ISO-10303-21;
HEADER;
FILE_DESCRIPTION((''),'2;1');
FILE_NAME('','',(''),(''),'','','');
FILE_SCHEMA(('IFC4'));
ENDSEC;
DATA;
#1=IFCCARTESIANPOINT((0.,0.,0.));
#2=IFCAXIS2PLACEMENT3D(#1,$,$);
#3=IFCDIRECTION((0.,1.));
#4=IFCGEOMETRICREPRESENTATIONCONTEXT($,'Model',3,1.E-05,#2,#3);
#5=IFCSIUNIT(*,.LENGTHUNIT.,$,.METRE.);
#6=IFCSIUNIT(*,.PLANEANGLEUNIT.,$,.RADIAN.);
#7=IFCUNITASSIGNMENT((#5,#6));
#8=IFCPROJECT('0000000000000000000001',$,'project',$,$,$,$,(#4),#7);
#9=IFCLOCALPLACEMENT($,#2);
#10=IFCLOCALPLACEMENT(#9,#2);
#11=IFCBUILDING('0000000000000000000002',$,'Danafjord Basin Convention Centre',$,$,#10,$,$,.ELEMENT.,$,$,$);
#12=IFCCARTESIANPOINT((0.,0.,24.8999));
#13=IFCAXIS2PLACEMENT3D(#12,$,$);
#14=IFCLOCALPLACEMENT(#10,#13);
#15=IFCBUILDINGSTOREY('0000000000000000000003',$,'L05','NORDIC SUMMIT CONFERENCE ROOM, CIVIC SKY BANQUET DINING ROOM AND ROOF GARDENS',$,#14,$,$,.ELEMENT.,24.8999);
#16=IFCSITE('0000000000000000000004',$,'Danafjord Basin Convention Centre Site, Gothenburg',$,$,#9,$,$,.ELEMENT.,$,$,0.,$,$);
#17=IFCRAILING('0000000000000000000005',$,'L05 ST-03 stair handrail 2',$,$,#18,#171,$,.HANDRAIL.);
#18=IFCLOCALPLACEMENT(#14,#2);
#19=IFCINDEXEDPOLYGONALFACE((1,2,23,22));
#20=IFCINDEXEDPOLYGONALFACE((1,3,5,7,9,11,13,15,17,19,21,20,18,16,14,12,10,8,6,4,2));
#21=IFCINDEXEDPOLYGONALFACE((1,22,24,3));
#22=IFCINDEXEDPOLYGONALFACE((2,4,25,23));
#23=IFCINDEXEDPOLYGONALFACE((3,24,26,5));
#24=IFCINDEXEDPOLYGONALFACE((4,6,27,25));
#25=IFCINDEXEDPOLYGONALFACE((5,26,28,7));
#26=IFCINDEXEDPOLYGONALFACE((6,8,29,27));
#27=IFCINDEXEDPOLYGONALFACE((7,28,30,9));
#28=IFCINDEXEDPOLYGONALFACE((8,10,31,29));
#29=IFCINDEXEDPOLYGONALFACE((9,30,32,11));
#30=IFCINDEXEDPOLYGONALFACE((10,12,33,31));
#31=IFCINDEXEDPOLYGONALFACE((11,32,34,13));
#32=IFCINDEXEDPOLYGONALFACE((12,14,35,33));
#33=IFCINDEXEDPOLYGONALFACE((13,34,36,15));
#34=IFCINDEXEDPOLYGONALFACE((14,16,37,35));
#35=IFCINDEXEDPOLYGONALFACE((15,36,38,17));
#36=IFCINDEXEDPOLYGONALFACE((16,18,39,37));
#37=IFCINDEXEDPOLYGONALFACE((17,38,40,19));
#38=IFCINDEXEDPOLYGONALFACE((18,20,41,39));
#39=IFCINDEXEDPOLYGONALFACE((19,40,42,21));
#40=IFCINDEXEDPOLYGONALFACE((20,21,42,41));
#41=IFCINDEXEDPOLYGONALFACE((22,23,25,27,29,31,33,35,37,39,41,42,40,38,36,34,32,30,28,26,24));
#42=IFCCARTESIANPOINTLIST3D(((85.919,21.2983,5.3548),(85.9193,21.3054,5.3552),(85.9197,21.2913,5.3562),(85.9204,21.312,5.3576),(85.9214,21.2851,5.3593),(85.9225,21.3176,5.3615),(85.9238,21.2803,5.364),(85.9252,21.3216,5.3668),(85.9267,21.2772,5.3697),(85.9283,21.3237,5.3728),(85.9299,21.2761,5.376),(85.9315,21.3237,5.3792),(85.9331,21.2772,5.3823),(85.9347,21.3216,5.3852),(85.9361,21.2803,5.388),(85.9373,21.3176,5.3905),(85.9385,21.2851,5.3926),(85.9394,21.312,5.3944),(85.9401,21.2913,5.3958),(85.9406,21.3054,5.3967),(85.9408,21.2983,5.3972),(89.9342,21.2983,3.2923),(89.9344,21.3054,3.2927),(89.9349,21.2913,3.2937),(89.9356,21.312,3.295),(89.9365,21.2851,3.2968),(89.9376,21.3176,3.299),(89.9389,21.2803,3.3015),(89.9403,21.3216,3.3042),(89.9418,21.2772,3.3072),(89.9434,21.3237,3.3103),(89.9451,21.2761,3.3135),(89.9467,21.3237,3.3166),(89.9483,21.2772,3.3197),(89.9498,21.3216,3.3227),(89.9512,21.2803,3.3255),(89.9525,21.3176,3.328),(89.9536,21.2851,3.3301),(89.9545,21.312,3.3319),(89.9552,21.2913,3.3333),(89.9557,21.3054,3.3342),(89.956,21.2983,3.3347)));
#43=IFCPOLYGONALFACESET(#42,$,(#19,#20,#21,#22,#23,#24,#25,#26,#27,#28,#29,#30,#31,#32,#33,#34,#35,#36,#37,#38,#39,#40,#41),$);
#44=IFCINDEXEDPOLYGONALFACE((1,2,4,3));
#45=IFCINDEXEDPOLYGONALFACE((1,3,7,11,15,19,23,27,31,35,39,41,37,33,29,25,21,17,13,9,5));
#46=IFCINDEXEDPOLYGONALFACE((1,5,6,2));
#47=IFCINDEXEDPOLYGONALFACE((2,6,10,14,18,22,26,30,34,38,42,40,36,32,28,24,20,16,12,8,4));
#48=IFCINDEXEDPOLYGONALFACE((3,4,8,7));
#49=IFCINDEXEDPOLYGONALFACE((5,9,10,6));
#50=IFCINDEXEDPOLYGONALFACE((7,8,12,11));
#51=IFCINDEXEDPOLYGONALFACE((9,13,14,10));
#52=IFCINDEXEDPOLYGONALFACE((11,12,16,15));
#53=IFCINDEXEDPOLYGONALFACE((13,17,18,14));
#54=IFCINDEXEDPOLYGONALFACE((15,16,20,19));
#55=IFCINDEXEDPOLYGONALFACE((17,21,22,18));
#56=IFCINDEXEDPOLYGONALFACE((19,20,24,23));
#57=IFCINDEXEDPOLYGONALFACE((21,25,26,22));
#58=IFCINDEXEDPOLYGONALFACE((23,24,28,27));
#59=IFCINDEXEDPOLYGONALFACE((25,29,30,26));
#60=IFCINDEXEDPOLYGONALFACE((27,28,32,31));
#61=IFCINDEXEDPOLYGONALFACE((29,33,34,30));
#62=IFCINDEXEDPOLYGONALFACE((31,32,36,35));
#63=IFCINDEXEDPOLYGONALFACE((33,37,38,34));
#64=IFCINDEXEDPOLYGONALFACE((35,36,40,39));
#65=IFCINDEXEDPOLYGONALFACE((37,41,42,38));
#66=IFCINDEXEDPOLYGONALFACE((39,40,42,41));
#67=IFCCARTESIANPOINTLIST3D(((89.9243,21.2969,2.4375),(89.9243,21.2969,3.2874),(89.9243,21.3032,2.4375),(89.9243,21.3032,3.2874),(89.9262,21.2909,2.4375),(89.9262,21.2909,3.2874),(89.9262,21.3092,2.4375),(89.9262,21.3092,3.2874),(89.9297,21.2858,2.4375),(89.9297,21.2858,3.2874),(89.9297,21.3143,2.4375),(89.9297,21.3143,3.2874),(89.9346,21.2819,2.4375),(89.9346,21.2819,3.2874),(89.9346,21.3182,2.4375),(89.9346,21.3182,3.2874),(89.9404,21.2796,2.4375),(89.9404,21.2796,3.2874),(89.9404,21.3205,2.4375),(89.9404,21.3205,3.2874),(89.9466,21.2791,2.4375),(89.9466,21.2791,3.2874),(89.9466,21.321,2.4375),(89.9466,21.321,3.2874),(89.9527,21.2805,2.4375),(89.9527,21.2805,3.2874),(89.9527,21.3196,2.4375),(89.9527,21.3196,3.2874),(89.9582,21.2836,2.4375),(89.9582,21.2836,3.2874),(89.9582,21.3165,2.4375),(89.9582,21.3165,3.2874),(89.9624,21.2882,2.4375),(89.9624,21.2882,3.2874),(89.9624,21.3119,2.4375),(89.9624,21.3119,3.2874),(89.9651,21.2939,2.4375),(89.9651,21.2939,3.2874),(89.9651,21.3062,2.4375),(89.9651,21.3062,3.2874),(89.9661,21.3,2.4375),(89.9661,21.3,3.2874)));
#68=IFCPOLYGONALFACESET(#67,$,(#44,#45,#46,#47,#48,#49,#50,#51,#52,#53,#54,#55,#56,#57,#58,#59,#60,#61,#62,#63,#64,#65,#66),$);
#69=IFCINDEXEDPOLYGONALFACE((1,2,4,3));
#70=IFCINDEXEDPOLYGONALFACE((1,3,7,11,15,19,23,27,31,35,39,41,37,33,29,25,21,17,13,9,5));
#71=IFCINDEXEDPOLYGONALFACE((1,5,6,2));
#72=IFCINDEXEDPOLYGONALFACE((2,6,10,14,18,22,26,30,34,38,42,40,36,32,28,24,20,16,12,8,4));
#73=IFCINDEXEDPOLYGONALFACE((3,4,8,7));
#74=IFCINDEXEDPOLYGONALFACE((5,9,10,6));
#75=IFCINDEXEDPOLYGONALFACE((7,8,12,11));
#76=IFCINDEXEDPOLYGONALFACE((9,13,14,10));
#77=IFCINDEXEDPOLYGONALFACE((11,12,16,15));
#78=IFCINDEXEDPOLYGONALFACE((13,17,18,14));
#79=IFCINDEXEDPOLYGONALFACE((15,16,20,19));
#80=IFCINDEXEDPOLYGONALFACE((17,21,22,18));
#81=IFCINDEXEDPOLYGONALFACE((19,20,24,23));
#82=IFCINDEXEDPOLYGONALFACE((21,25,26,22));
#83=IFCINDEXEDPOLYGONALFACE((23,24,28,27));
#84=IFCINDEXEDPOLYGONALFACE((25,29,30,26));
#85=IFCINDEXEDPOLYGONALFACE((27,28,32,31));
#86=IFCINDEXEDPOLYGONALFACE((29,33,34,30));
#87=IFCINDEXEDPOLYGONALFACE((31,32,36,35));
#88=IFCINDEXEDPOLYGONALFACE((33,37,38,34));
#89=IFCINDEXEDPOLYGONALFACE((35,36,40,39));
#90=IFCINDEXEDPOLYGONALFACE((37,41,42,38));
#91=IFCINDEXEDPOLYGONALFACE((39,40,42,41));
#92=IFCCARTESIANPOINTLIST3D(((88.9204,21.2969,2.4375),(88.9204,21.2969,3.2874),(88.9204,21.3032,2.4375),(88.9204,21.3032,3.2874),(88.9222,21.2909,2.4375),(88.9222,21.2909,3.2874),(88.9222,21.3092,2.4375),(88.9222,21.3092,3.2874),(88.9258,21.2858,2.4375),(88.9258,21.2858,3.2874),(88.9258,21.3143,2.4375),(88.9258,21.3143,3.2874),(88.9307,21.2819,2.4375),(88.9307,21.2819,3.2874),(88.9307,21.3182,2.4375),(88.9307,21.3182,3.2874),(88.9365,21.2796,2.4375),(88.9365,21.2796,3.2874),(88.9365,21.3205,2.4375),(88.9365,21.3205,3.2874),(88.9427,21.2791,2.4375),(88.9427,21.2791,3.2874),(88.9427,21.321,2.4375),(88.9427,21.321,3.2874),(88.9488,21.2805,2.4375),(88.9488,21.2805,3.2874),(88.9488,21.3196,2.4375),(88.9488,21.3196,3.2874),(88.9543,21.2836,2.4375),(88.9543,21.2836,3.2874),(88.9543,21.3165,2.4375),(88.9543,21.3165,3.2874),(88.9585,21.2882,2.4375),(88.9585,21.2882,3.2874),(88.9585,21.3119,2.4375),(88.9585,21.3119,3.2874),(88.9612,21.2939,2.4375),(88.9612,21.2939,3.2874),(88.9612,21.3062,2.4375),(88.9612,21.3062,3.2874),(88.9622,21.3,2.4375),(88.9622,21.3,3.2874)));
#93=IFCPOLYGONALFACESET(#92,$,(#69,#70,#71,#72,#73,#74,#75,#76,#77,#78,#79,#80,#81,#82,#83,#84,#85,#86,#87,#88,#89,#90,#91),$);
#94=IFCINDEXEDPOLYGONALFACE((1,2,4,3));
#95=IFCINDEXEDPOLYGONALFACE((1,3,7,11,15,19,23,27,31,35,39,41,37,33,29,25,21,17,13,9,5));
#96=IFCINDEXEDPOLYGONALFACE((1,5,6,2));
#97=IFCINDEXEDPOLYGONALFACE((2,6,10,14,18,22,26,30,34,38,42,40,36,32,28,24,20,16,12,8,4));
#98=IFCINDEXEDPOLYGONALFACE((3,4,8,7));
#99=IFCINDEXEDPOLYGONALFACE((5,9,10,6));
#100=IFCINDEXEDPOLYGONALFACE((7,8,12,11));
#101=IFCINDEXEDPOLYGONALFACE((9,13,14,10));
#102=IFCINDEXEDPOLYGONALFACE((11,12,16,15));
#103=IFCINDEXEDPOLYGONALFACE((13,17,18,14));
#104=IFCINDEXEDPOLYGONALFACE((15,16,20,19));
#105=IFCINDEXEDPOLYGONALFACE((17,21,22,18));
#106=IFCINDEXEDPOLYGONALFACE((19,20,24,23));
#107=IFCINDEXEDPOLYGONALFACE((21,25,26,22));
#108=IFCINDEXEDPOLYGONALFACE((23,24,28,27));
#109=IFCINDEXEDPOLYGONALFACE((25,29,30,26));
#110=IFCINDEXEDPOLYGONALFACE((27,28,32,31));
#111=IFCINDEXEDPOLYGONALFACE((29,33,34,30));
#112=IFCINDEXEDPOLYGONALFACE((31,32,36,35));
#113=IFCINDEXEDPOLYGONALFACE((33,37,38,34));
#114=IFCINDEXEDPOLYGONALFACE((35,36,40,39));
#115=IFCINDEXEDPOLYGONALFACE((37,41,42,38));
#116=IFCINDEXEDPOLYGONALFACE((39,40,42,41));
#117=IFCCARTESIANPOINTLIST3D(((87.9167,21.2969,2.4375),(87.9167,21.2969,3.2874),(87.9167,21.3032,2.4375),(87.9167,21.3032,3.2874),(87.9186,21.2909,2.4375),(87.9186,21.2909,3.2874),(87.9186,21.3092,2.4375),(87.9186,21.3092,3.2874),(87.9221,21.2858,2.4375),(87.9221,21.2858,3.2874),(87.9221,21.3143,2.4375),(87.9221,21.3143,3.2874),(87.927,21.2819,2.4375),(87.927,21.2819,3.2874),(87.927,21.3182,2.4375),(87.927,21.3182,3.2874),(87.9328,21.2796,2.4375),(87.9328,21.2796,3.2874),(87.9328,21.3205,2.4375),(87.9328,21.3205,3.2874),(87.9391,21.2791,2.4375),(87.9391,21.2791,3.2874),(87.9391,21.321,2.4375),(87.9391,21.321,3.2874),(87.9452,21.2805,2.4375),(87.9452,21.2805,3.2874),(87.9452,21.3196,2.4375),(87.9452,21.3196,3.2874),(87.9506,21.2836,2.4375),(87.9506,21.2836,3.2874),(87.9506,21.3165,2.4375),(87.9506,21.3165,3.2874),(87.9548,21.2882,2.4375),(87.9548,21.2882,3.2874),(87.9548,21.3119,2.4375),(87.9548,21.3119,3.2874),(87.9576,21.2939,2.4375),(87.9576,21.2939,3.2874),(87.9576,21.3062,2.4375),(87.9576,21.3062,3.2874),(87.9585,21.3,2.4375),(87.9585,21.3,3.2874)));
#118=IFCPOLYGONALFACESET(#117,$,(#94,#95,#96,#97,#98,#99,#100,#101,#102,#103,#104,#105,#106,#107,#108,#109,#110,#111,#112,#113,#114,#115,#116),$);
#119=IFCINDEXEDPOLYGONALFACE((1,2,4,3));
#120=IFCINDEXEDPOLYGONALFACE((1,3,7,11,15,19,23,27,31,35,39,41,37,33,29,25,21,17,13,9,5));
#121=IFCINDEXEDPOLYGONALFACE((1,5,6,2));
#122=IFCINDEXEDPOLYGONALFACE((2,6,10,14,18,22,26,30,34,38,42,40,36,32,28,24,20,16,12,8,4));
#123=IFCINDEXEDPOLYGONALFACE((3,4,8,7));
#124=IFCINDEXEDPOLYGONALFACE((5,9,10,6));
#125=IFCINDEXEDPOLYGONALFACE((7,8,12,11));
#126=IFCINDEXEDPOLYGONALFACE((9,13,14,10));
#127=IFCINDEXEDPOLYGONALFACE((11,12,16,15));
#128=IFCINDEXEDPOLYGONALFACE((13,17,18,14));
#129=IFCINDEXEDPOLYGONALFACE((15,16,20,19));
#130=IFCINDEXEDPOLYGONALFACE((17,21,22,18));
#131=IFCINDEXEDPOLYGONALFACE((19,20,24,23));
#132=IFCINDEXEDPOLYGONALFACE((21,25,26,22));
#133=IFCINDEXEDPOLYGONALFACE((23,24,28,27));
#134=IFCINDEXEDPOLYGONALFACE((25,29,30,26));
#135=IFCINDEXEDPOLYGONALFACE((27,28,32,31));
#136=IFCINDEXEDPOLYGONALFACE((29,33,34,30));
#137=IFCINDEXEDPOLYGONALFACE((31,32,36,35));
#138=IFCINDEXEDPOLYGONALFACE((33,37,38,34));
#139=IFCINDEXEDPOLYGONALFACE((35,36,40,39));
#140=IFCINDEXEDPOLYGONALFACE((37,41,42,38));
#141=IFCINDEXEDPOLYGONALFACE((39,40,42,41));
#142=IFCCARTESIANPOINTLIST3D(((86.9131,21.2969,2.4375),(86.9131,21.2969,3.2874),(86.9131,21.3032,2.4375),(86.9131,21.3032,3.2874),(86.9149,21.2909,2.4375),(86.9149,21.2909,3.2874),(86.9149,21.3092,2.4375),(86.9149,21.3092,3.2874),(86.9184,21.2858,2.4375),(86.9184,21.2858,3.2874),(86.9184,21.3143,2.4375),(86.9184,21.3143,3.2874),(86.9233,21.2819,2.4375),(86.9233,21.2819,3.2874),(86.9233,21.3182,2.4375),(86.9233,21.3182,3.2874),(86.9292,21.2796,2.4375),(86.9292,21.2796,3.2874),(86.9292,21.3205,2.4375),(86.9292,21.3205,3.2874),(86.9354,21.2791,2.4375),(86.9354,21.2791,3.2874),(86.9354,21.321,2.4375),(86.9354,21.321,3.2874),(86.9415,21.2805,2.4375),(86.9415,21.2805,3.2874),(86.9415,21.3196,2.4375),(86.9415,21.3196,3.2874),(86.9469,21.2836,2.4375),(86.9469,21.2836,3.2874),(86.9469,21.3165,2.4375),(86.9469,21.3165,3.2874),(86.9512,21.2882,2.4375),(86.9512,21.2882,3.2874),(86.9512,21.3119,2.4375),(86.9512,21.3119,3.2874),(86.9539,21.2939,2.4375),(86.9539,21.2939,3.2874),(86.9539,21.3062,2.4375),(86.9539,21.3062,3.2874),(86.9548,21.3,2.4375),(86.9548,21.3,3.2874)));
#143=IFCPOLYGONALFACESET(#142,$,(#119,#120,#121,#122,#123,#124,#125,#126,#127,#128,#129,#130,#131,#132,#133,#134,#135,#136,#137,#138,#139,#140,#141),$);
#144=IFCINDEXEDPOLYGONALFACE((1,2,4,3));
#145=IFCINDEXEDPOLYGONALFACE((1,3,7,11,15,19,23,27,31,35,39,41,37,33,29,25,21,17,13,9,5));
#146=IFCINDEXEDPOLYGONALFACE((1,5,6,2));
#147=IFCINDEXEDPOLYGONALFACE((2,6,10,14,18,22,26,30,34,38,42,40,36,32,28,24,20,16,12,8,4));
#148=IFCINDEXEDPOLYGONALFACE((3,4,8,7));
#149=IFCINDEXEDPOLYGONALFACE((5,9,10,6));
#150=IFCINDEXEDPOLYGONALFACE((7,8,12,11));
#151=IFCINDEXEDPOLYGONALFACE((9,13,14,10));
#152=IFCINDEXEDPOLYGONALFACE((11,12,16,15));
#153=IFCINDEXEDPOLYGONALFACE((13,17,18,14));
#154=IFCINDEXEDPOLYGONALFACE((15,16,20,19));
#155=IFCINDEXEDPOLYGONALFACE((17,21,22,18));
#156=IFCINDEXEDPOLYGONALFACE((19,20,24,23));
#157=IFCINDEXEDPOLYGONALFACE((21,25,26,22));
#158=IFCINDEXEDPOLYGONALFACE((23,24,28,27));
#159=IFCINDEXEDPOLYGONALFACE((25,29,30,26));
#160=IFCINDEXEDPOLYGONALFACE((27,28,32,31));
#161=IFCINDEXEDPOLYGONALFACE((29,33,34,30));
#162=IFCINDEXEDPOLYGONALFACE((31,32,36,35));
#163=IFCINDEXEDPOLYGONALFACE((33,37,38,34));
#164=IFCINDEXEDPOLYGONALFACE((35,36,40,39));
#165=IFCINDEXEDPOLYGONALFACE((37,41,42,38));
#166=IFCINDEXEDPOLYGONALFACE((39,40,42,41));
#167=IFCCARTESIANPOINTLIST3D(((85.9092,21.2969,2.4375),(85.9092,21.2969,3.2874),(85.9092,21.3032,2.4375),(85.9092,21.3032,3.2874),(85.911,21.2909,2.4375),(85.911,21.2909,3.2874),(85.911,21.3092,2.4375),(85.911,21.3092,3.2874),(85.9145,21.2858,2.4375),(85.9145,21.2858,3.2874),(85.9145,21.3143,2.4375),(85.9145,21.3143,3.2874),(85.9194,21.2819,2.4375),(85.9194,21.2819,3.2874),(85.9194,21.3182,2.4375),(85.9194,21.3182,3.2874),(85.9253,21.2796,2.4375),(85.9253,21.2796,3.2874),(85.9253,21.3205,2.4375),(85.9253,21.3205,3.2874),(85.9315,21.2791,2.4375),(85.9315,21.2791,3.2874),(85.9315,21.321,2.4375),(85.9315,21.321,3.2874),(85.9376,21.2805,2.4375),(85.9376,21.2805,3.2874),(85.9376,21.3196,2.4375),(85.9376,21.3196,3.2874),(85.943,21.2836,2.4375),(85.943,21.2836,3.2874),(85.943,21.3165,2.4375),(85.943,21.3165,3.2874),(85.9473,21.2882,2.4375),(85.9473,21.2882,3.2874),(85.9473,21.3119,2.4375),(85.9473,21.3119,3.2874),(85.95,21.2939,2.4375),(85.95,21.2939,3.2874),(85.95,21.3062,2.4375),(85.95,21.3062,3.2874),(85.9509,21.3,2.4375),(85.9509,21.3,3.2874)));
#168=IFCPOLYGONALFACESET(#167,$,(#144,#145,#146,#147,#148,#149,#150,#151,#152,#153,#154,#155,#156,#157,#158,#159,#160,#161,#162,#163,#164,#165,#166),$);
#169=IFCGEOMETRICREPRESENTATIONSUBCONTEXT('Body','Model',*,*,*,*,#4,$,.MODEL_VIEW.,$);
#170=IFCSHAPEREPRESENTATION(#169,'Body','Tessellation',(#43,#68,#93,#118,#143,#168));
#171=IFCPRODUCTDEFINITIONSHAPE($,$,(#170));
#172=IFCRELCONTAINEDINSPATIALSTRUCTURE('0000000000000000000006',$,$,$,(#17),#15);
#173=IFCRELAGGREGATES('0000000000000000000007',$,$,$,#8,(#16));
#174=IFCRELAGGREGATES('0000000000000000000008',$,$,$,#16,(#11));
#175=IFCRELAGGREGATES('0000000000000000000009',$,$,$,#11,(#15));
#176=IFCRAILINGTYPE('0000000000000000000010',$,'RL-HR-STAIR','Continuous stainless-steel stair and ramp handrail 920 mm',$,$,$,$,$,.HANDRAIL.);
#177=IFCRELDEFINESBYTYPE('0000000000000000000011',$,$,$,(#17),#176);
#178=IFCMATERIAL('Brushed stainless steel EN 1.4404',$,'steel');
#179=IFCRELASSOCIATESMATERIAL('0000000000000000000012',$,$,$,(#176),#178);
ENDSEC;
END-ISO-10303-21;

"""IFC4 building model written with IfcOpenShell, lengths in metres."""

from ifc_helpers import new_model, si_unit, direction, frame, origin, origin_2d, place, context, subcontext, project, spatial, circle, extrude, material, type_object, element, save


model = new_model("IFC4")

# Units and contexts
model_context = context("Model", 3, precision=1e-05, world=origin(), true_north=direction((0.0, 1.0)))
body_context = subcontext(model_context, "Body", "Model", "MODEL_VIEW")
ifc_project = project(units=[si_unit("LENGTHUNIT", "METRE"), si_unit("PLANEANGLEUNIT", "RADIAN")], contexts=[model_context])

# Site, building, storey
site_placement = place(None, origin())
site = spatial("IfcSite", under=ifc_project, at=site_placement, Name="Danafjord Basin Convention Centre Site, Gothenburg", CompositionType="ELEMENT", RefElevation=0.0)
building_placement = place(site_placement, origin())
building = spatial("IfcBuilding", under=site, at=building_placement, Name="Danafjord Basin Convention Centre", CompositionType="ELEMENT")
storey_placement = place(building_placement, frame((0.0, 0.0, 24.8999)))
storey = spatial("IfcBuildingStorey", under=building, at=storey_placement, Name="L05", Description="NORDIC SUMMIT CONFERENCE ROOM, CIVIC SKY BANQUET DINING ROOM AND ROOF GARDENS", CompositionType="ELEMENT", Elevation=24.8999)

# Railing
ifc_material_1 = material(Name="Brushed stainless steel EN 1.4404", Category="steel")
railing_type_1 = type_object("IfcRailingType", Name="RL-HR-STAIR", Description="Continuous stainless-steel stair and ramp handrail 920 mm", PredefinedType="HANDRAIL", material=ifc_material_1)
railing_1_placement = place(storey_placement, frame((89.9451, 21.3, 2.4375)))
element("IfcRailing", 1, at=railing_1_placement, inside=storey, type_object=railing_type_1, Name="L05 ST-03 stair handrail 2", PredefinedType="HANDRAIL", context=body_context, shape_type="SweptSolid", body=[
    extrude(circle(Radius=0.0239, at=origin_2d()), frame((0.0, 0.0, 0.876), z_axis=(-0.889506, 0.0, 0.456923), x_axis=(0.0, -1.0, 0.0)), (0.0, 0.0, 1.0), 4.5139),
    extrude(circle(Radius=0.021, at=origin_2d()), origin(), (0.0, 0.0, 1.0), 0.8499),
    extrude(circle(Radius=0.021, at=origin_2d()), frame((-1.0039, 0.0, 0.0)), (0.0, 0.0, 1.0), 0.8499),
    extrude(circle(Radius=0.021, at=origin_2d()), frame((-2.0076, 0.0, 0.0)), (0.0, 0.0, 1.0), 0.8499),
    extrude(circle(Radius=0.021, at=origin_2d()), frame((-3.0112, 0.0, 0.0)), (0.0, 0.0, 1.0), 0.8499),
    extrude(circle(Radius=0.021, at=origin_2d()), frame((-4.0151, 0.0, 0.0)), (0.0, 0.0, 1.0), 0.8499),
])

save(model, "model.ifc")
